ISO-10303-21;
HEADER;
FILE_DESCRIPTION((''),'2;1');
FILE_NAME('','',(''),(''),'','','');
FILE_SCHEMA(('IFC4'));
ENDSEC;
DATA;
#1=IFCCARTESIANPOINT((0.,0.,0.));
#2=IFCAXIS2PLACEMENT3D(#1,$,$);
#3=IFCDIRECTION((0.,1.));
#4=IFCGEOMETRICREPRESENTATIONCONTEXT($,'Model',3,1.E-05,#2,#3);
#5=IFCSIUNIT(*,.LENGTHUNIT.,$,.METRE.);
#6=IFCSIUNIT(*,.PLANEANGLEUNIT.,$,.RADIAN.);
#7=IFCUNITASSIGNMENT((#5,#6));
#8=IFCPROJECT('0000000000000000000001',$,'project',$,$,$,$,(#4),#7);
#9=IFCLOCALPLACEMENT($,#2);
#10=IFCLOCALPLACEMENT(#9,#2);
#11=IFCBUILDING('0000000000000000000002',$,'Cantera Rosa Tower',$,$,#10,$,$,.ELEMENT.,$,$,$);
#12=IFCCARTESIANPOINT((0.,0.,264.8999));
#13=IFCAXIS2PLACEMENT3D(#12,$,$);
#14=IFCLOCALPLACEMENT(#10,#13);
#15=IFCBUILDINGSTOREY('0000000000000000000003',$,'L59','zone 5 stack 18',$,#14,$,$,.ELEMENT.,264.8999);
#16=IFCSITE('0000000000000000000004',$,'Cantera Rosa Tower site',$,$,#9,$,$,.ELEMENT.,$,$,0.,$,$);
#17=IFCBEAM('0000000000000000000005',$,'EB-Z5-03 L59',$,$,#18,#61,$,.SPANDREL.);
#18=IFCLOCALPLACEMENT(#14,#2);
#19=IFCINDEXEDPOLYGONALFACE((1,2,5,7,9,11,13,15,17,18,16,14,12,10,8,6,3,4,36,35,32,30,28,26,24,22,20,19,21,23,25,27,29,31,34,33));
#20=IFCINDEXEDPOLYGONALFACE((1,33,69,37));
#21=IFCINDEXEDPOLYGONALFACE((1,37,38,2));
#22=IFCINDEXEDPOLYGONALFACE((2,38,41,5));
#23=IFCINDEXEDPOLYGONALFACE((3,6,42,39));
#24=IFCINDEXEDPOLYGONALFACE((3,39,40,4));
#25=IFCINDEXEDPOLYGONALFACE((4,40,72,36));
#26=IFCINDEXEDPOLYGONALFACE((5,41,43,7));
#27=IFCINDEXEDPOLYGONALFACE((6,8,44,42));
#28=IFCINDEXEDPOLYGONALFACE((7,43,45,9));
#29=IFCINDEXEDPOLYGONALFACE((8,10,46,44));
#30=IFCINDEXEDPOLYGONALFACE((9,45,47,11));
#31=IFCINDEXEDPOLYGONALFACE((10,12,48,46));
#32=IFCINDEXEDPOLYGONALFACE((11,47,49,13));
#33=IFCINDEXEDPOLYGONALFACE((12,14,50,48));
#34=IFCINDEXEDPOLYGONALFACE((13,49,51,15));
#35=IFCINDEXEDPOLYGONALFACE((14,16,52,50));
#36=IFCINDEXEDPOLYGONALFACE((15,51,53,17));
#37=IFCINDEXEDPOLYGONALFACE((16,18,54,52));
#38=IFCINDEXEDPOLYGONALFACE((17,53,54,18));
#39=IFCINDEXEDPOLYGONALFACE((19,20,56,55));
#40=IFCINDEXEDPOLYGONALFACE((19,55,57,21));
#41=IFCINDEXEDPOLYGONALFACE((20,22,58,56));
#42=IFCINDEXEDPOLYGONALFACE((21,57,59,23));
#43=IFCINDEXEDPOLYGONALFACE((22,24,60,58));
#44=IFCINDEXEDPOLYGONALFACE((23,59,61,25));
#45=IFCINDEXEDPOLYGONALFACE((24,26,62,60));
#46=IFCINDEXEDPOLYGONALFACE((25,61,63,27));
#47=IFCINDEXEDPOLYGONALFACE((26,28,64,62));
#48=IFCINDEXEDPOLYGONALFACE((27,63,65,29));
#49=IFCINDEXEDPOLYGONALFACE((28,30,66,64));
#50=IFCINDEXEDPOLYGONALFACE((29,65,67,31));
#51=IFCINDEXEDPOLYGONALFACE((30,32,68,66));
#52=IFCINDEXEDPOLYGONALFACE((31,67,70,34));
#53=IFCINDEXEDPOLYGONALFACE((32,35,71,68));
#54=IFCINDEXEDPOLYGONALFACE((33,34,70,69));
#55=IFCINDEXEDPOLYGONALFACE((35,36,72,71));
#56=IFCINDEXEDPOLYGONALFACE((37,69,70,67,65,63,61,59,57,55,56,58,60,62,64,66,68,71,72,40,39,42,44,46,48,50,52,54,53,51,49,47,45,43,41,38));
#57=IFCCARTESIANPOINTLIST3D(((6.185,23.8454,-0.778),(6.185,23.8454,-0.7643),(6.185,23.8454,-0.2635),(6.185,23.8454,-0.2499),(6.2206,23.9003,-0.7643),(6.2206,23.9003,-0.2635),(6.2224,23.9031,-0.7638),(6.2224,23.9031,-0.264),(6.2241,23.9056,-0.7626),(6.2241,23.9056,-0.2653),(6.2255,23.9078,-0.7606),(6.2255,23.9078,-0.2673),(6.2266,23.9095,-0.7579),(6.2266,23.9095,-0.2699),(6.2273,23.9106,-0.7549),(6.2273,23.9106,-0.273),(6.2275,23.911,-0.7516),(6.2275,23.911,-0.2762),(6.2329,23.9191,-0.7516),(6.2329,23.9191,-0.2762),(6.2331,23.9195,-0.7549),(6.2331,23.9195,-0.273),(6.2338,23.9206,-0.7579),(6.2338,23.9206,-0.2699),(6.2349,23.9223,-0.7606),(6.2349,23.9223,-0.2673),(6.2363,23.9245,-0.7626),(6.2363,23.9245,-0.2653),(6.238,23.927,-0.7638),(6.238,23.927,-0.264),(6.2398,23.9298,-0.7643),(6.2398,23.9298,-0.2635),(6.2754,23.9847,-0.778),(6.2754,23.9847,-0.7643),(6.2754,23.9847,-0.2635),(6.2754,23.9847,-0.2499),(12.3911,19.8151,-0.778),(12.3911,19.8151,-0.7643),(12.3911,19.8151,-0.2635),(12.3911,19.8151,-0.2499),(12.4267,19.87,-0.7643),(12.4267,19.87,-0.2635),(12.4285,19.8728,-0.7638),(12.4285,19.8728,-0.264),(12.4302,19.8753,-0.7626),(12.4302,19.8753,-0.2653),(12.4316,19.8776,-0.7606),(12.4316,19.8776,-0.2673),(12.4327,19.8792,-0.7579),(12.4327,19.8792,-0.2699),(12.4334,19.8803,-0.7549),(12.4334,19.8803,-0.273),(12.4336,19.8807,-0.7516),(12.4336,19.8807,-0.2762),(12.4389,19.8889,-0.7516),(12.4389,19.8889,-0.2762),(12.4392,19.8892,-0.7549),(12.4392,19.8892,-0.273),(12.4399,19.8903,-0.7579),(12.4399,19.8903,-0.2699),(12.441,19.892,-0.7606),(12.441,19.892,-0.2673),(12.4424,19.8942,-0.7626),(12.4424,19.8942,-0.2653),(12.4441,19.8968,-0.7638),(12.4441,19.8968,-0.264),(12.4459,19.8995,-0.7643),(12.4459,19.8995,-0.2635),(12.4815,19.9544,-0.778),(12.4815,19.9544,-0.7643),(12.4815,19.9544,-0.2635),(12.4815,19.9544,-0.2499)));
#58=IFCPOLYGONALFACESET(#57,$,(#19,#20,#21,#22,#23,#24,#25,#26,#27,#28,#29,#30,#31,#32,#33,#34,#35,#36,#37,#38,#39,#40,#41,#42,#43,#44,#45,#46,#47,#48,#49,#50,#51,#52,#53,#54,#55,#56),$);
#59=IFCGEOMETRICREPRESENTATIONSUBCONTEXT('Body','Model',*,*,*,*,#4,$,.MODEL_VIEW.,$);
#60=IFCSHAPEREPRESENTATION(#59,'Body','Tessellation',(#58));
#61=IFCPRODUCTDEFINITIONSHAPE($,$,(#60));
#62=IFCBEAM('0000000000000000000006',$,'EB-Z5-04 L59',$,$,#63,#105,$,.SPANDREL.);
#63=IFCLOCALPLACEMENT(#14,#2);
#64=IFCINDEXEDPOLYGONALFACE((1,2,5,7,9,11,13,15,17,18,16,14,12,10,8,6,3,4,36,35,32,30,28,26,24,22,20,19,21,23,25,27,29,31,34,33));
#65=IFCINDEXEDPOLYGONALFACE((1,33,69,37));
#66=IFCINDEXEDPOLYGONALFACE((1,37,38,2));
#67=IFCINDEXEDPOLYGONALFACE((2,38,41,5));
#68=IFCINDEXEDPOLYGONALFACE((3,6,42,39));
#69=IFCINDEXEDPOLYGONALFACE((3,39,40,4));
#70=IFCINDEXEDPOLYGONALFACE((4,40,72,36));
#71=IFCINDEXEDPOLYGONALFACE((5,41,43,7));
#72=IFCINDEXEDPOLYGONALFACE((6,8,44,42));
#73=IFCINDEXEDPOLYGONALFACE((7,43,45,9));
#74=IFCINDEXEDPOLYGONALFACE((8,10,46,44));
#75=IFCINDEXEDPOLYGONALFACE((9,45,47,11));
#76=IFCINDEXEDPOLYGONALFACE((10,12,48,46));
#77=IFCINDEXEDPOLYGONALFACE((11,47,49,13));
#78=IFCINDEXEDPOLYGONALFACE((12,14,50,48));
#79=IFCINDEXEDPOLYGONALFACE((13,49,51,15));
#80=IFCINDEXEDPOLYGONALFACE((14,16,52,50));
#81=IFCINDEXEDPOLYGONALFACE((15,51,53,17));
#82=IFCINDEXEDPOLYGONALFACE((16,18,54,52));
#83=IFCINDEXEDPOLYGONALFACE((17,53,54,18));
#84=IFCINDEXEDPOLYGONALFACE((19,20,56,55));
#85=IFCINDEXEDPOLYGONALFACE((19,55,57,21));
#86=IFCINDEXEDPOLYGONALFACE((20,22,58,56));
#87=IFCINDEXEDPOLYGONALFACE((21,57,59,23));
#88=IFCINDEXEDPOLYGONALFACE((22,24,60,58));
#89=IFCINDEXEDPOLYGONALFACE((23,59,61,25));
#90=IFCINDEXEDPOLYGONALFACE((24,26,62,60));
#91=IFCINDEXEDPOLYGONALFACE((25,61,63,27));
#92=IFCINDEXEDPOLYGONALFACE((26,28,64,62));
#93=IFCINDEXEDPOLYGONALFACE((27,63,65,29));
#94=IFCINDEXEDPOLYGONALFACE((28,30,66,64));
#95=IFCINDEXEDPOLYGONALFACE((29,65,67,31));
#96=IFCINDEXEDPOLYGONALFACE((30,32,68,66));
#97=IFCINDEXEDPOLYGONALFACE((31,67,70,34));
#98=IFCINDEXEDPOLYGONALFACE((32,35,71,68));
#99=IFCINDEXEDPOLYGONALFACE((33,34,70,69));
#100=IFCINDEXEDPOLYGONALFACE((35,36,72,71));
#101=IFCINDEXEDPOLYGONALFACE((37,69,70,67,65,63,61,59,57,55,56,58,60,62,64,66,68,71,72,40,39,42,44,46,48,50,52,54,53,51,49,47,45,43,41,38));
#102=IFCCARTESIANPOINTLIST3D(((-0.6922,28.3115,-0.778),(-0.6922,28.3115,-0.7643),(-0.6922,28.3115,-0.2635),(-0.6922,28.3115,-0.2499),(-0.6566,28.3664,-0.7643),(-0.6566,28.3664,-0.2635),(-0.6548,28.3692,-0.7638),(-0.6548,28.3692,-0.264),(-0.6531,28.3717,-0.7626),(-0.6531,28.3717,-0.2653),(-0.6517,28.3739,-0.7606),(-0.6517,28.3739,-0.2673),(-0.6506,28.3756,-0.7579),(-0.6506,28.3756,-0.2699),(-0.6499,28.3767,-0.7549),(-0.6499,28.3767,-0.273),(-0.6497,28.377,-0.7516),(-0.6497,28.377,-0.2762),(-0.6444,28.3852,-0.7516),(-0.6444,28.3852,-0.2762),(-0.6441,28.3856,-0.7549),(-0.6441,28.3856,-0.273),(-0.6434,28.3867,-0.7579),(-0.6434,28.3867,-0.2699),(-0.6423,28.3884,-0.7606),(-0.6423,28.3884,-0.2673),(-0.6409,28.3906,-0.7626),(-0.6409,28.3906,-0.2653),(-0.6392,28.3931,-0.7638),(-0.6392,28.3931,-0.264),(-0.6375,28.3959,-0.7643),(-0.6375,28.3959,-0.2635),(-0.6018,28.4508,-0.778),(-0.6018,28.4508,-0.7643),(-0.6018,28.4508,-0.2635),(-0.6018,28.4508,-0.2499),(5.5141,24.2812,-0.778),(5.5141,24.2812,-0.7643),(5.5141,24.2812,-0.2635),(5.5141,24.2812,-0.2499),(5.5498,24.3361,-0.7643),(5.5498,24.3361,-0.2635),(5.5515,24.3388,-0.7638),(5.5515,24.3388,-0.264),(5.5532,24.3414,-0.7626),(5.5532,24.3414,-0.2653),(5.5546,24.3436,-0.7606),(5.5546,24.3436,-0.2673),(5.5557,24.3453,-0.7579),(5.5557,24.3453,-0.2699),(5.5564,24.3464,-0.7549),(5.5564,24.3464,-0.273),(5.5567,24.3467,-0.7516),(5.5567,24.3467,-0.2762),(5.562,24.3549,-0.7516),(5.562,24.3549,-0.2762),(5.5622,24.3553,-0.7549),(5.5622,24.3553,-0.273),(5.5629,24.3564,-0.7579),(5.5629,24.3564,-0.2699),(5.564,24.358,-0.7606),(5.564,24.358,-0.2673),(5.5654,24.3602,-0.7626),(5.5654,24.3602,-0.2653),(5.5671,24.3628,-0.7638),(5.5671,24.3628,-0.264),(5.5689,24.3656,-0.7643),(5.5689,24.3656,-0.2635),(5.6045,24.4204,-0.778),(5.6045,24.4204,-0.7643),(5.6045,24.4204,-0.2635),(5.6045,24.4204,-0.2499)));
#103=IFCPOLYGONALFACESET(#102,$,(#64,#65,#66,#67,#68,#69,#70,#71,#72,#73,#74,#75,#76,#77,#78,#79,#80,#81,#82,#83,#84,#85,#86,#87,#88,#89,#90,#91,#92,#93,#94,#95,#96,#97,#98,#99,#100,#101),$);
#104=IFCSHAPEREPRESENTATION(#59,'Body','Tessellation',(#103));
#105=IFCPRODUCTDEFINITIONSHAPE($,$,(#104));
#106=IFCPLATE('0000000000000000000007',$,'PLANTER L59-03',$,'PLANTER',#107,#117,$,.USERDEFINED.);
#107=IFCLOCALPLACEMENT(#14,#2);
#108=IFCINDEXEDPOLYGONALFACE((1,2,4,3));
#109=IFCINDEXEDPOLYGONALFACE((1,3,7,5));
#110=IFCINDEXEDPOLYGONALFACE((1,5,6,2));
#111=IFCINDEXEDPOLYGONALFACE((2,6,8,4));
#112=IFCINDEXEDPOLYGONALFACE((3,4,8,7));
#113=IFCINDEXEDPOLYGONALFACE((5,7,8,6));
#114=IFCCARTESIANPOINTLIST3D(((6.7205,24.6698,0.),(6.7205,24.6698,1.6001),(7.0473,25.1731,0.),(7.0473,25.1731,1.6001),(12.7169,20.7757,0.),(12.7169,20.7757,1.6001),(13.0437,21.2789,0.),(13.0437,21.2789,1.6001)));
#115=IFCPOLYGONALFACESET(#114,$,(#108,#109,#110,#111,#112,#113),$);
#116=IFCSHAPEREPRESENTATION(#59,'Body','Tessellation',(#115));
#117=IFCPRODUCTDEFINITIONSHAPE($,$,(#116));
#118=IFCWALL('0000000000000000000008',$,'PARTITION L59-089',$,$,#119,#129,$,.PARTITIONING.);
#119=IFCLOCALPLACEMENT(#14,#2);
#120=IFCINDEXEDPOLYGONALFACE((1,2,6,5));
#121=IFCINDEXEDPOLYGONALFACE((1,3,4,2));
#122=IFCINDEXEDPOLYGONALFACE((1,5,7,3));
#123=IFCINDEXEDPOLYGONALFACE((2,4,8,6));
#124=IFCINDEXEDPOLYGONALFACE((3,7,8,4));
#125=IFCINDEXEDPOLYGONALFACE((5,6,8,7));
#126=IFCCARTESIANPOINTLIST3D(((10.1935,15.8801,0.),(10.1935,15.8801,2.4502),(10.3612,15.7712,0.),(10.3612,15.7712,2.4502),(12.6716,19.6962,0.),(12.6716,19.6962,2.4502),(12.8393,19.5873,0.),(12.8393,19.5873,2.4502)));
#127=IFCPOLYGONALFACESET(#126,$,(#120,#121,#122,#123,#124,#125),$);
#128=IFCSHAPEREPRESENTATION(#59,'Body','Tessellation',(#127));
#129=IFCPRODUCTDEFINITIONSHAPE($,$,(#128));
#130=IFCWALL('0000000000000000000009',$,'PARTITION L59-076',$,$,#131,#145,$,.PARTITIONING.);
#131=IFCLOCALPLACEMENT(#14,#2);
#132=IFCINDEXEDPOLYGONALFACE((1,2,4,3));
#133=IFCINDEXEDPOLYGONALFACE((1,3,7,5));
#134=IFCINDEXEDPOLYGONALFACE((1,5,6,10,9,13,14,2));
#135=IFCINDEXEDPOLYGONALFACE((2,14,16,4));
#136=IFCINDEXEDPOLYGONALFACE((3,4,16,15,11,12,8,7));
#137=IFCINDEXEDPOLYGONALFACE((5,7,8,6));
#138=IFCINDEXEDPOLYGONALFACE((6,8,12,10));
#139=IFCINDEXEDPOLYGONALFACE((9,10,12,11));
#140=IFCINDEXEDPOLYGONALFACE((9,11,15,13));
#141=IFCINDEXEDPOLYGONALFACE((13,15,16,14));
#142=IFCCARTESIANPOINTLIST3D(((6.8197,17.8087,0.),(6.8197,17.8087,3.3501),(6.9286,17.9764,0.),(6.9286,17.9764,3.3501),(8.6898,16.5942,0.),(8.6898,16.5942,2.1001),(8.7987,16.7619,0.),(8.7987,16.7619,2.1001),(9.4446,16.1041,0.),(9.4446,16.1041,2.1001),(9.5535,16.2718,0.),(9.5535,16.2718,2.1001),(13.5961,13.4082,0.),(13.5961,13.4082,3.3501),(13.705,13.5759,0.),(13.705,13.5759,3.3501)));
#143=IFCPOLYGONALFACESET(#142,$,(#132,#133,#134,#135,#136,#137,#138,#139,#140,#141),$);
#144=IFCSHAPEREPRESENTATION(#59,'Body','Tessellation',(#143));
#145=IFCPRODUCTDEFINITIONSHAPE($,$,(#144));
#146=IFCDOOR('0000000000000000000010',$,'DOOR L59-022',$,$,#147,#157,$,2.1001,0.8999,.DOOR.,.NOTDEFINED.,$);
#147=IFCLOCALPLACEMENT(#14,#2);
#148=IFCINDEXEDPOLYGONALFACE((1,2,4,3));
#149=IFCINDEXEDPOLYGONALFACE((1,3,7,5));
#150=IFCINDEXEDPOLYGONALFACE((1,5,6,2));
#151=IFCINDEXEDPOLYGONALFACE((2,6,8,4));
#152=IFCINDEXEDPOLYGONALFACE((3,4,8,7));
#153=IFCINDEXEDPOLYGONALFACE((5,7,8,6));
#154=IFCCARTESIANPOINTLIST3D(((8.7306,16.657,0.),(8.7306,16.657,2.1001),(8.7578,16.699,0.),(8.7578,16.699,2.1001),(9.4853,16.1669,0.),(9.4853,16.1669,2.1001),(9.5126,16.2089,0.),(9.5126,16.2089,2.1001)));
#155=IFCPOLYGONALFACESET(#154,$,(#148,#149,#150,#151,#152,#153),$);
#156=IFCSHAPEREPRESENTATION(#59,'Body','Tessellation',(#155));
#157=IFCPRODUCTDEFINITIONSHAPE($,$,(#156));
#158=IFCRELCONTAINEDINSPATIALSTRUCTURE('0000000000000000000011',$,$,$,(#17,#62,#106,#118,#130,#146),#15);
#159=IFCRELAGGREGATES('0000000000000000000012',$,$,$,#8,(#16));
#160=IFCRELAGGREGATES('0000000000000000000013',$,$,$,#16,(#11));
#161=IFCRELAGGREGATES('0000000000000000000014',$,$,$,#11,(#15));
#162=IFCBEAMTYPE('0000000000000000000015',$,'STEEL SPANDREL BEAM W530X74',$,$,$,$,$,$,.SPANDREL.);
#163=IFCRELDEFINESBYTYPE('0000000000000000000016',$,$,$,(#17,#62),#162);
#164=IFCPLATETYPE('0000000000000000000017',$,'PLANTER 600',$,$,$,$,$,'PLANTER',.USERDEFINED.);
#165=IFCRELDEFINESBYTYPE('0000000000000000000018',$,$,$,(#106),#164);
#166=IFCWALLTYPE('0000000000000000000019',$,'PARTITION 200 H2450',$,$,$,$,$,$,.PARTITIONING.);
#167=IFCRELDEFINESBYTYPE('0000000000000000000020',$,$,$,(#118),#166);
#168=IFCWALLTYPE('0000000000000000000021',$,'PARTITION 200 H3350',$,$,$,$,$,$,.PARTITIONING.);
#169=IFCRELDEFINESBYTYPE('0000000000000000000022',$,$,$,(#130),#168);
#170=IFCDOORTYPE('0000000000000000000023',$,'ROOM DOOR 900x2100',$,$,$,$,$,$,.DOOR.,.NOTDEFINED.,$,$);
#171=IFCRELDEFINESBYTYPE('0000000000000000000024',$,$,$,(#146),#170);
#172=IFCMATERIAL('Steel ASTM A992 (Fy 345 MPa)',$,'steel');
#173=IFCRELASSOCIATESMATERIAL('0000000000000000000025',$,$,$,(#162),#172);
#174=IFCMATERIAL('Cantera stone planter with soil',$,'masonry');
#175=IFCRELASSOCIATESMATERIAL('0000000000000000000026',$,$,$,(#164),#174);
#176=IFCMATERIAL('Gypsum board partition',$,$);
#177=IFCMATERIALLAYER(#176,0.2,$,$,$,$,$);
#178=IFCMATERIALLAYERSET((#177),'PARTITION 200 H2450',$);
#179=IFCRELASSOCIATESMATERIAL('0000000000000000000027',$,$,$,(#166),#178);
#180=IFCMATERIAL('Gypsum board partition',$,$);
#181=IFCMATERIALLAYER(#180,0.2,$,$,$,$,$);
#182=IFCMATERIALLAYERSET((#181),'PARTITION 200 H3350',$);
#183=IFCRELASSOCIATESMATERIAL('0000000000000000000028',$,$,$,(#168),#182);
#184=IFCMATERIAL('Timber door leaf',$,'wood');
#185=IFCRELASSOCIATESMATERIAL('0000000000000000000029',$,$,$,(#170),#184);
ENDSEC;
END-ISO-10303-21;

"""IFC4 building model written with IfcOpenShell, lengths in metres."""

from ifc_helpers import new_model, si_unit, direction, frame, frame_2d, origin, origin_2d, place, context, subcontext, project, spatial, rectangle, i_section, extrude, material, layer, layer_set, material_profile, profile_set, type_object, element, fill, save


model = new_model("IFC4")

# Units and contexts
model_context = context("Model", 3, precision=1e-05, world=origin(), true_north=direction((0.0, 1.0)))
body_context = subcontext(model_context, "Body", "Model", "MODEL_VIEW")
ifc_project = project(units=[si_unit("LENGTHUNIT", "METRE"), si_unit("PLANEANGLEUNIT", "RADIAN")], contexts=[model_context])

# Site, building, storey
site_placement = place(None, origin())
site = spatial("IfcSite", under=ifc_project, at=site_placement, Name="Cantera Rosa Tower site", CompositionType="ELEMENT", RefElevation=0.0)
building_placement = place(site_placement, origin())
building = spatial("IfcBuilding", under=site, at=building_placement, Name="Cantera Rosa Tower", CompositionType="ELEMENT")
storey_placement = place(building_placement, frame((0.0, 0.0, 264.8999)))
storey = spatial("IfcBuildingStorey", under=building, at=storey_placement, Name="L59", Description="zone 5 stack 18", CompositionType="ELEMENT", Elevation=264.8999)

# Beams
ifc_material_1 = material(Name="Steel ASTM A992 (Fy 345 MPa)", Category="steel")
ifc_material_profile_1 = material_profile(ifc_material_1, i_section(OverallWidth=0.166, OverallDepth=0.5281, WebThickness=0.0098, FlangeThickness=0.0137, FilletRadius=0.0127, at=origin_2d()), Name="W530X74")
ifc_profile_set_1 = profile_set([ifc_material_profile_1], Name="Steel ASTM A992 (Fy 345 MPa)")
beam_type_1 = type_object("IfcBeamType", Name="STEEL SPANDREL BEAM W530X74", PredefinedType="SPANDREL", material=ifc_profile_set_1)
beam_1_placement = place(storey_placement, frame((12.4363, 19.8848, -0.5139), z_axis=(-0.83867, 0.54464, 0.0), x_axis=(-0.54464, -0.83867, 0.0)))
element("IfcBeam", 1, at=beam_1_placement, inside=storey, type_object=beam_type_1, Name="EB-Z5-03 L59", PredefinedType="SPANDREL", context=body_context, shape_type="SweptSolid", body=[
    extrude(i_section(OverallWidth=0.166, OverallDepth=0.5281, WebThickness=0.0098, FlangeThickness=0.0137, FilletRadius=0.0127, at=origin_2d()), origin(), (0.0, 0.0, 1.0), 7.3999),
])
beam_2_placement = place(storey_placement, frame((5.5593, 24.3508, -0.5139), z_axis=(-0.838679, 0.544625, 0.0), x_axis=(-0.544625, -0.838679, 0.0)))
element("IfcBeam", 2, at=beam_2_placement, inside=storey, type_object=beam_type_1, Name="EB-Z5-04 L59", PredefinedType="SPANDREL", context=body_context, shape_type="SweptSolid", body=[
    extrude(i_section(OverallWidth=0.166, OverallDepth=0.5281, WebThickness=0.0098, FlangeThickness=0.0137, FilletRadius=0.0127, at=origin_2d()), origin(), (0.0, 0.0, 1.0), 7.4001),
])

# Plate
ifc_material_2 = material(Name="Cantera stone planter with soil", Category="masonry")
plate_type = type_object("IfcPlateType", Name="PLANTER 600", ElementType="PLANTER", PredefinedType="USERDEFINED", material=ifc_material_2)
plate_placement = place(storey_placement, frame((9.8821, 22.9744, 0.0), z_axis=(0.0, 0.0, 1.0), x_axis=(-0.838671, 0.544639, 0.0)))
element("IfcPlate", 3, at=plate_placement, inside=storey, type_object=plate_type, Name="PLANTER L59-03", ObjectType="PLANTER", PredefinedType="USERDEFINED", context=body_context, shape_type="SweptSolid", body=[
    extrude(rectangle(XDim=7.1499, YDim=0.6001, at=origin_2d()), origin(), (0.0, 0.0, 1.0), 1.6001),
])

# Wall
ifc_material_3 = material(Name="Gypsum board partition")
ifc_layer_1 = layer(ifc_material_3, 0.2)
ifc_layer_set_1 = layer_set([ifc_layer_1], Name="PARTITION 200 H2450")
wall_type_1 = type_object("IfcWallType", Name="PARTITION 200 H2450", PredefinedType="PARTITIONING", material=ifc_layer_set_1)
wall_1_placement = place(storey_placement, frame((12.7554, 19.6416, 0.0), z_axis=(0.0, 0.0, 1.0), x_axis=(-0.54463, -0.838676, 0.0)))
element("IfcWall", 4, at=wall_1_placement, inside=storey, type_object=wall_type_1, Name="PARTITION L59-089", PredefinedType="PARTITIONING", context=body_context, shape_type="SweptSolid", body=[
    extrude(rectangle(XDim=4.55, YDim=0.2, at=frame_2d((2.2749, 0.0))), origin(), (0.0, 0.0, 1.0), 2.4502),
])

# Wall, opening, door
ifc_material_4 = material(Name="Gypsum board partition")
ifc_layer_2 = layer(ifc_material_4, 0.2)
ifc_layer_set_2 = layer_set([ifc_layer_2], Name="PARTITION 200 H3350")
wall_type_2 = type_object("IfcWallType", Name="PARTITION 200 H3350", PredefinedType="PARTITIONING", material=ifc_layer_set_2)
wall_2_placement = place(storey_placement, frame((6.874, 17.8926, 0.0), z_axis=(0.0, 0.0, 1.0), x_axis=(0.838684, -0.544619, 0.0)))
wall_2 = element("IfcWall", 5, at=wall_2_placement, inside=storey, type_object=wall_type_2, Name="PARTITION L59-076", PredefinedType="PARTITIONING", context=body_context, shape_type="SweptSolid", body=[
    extrude(rectangle(XDim=8.0798, YDim=0.2, at=frame_2d((4.04, 0.0))), origin(), (0.0, 0.0, 1.0), 3.3501),
])
opening_1_placement = place(wall_2_placement, frame((2.23, 0.0, 0.0)))
opening_1 = element("IfcOpeningElement", 6, at=opening_1_placement, cuts=wall_2, PredefinedType="OPENING", context=body_context, shape_type="SweptSolid", body=[
    extrude(rectangle(XDim=0.8999, YDim=2.1001, at=frame_2d((0.45, 1.05))), frame((0.0, 0.1099, 0.0), z_axis=(0.0, -1.0, 0.0), x_axis=(1.0, 0.0, 0.0)), (0.0, 0.0, 1.0), 0.22),
])
ifc_material_5 = material(Name="Timber door leaf", Category="wood")
door_type_1 = type_object("IfcDoorType", Name="ROOM DOOR 900x2100", OperationType="NOTDEFINED", PredefinedType="DOOR", material=ifc_material_5)
door_1_placement = place(opening_1_placement, origin())
door_1 = element("IfcDoor", 7, at=door_1_placement, inside=storey, type_object=door_type_1, Name="DOOR L59-022", OperationType="NOTDEFINED", OverallHeight=2.1001, OverallWidth=0.8999, PredefinedType="DOOR", context=body_context, shape_type="SweptSolid", body=[
    extrude(rectangle(XDim=0.8999, YDim=2.1001, at=frame_2d((0.45, 1.05))), frame((0.0, 0.0249, 0.0), z_axis=(0.0, -1.0, 0.0), x_axis=(1.0, 0.0, 0.0)), (0.0, 0.0, 1.0), 0.05),
])
fill(opening_1, door_1)

save(model, "model.ifc")
